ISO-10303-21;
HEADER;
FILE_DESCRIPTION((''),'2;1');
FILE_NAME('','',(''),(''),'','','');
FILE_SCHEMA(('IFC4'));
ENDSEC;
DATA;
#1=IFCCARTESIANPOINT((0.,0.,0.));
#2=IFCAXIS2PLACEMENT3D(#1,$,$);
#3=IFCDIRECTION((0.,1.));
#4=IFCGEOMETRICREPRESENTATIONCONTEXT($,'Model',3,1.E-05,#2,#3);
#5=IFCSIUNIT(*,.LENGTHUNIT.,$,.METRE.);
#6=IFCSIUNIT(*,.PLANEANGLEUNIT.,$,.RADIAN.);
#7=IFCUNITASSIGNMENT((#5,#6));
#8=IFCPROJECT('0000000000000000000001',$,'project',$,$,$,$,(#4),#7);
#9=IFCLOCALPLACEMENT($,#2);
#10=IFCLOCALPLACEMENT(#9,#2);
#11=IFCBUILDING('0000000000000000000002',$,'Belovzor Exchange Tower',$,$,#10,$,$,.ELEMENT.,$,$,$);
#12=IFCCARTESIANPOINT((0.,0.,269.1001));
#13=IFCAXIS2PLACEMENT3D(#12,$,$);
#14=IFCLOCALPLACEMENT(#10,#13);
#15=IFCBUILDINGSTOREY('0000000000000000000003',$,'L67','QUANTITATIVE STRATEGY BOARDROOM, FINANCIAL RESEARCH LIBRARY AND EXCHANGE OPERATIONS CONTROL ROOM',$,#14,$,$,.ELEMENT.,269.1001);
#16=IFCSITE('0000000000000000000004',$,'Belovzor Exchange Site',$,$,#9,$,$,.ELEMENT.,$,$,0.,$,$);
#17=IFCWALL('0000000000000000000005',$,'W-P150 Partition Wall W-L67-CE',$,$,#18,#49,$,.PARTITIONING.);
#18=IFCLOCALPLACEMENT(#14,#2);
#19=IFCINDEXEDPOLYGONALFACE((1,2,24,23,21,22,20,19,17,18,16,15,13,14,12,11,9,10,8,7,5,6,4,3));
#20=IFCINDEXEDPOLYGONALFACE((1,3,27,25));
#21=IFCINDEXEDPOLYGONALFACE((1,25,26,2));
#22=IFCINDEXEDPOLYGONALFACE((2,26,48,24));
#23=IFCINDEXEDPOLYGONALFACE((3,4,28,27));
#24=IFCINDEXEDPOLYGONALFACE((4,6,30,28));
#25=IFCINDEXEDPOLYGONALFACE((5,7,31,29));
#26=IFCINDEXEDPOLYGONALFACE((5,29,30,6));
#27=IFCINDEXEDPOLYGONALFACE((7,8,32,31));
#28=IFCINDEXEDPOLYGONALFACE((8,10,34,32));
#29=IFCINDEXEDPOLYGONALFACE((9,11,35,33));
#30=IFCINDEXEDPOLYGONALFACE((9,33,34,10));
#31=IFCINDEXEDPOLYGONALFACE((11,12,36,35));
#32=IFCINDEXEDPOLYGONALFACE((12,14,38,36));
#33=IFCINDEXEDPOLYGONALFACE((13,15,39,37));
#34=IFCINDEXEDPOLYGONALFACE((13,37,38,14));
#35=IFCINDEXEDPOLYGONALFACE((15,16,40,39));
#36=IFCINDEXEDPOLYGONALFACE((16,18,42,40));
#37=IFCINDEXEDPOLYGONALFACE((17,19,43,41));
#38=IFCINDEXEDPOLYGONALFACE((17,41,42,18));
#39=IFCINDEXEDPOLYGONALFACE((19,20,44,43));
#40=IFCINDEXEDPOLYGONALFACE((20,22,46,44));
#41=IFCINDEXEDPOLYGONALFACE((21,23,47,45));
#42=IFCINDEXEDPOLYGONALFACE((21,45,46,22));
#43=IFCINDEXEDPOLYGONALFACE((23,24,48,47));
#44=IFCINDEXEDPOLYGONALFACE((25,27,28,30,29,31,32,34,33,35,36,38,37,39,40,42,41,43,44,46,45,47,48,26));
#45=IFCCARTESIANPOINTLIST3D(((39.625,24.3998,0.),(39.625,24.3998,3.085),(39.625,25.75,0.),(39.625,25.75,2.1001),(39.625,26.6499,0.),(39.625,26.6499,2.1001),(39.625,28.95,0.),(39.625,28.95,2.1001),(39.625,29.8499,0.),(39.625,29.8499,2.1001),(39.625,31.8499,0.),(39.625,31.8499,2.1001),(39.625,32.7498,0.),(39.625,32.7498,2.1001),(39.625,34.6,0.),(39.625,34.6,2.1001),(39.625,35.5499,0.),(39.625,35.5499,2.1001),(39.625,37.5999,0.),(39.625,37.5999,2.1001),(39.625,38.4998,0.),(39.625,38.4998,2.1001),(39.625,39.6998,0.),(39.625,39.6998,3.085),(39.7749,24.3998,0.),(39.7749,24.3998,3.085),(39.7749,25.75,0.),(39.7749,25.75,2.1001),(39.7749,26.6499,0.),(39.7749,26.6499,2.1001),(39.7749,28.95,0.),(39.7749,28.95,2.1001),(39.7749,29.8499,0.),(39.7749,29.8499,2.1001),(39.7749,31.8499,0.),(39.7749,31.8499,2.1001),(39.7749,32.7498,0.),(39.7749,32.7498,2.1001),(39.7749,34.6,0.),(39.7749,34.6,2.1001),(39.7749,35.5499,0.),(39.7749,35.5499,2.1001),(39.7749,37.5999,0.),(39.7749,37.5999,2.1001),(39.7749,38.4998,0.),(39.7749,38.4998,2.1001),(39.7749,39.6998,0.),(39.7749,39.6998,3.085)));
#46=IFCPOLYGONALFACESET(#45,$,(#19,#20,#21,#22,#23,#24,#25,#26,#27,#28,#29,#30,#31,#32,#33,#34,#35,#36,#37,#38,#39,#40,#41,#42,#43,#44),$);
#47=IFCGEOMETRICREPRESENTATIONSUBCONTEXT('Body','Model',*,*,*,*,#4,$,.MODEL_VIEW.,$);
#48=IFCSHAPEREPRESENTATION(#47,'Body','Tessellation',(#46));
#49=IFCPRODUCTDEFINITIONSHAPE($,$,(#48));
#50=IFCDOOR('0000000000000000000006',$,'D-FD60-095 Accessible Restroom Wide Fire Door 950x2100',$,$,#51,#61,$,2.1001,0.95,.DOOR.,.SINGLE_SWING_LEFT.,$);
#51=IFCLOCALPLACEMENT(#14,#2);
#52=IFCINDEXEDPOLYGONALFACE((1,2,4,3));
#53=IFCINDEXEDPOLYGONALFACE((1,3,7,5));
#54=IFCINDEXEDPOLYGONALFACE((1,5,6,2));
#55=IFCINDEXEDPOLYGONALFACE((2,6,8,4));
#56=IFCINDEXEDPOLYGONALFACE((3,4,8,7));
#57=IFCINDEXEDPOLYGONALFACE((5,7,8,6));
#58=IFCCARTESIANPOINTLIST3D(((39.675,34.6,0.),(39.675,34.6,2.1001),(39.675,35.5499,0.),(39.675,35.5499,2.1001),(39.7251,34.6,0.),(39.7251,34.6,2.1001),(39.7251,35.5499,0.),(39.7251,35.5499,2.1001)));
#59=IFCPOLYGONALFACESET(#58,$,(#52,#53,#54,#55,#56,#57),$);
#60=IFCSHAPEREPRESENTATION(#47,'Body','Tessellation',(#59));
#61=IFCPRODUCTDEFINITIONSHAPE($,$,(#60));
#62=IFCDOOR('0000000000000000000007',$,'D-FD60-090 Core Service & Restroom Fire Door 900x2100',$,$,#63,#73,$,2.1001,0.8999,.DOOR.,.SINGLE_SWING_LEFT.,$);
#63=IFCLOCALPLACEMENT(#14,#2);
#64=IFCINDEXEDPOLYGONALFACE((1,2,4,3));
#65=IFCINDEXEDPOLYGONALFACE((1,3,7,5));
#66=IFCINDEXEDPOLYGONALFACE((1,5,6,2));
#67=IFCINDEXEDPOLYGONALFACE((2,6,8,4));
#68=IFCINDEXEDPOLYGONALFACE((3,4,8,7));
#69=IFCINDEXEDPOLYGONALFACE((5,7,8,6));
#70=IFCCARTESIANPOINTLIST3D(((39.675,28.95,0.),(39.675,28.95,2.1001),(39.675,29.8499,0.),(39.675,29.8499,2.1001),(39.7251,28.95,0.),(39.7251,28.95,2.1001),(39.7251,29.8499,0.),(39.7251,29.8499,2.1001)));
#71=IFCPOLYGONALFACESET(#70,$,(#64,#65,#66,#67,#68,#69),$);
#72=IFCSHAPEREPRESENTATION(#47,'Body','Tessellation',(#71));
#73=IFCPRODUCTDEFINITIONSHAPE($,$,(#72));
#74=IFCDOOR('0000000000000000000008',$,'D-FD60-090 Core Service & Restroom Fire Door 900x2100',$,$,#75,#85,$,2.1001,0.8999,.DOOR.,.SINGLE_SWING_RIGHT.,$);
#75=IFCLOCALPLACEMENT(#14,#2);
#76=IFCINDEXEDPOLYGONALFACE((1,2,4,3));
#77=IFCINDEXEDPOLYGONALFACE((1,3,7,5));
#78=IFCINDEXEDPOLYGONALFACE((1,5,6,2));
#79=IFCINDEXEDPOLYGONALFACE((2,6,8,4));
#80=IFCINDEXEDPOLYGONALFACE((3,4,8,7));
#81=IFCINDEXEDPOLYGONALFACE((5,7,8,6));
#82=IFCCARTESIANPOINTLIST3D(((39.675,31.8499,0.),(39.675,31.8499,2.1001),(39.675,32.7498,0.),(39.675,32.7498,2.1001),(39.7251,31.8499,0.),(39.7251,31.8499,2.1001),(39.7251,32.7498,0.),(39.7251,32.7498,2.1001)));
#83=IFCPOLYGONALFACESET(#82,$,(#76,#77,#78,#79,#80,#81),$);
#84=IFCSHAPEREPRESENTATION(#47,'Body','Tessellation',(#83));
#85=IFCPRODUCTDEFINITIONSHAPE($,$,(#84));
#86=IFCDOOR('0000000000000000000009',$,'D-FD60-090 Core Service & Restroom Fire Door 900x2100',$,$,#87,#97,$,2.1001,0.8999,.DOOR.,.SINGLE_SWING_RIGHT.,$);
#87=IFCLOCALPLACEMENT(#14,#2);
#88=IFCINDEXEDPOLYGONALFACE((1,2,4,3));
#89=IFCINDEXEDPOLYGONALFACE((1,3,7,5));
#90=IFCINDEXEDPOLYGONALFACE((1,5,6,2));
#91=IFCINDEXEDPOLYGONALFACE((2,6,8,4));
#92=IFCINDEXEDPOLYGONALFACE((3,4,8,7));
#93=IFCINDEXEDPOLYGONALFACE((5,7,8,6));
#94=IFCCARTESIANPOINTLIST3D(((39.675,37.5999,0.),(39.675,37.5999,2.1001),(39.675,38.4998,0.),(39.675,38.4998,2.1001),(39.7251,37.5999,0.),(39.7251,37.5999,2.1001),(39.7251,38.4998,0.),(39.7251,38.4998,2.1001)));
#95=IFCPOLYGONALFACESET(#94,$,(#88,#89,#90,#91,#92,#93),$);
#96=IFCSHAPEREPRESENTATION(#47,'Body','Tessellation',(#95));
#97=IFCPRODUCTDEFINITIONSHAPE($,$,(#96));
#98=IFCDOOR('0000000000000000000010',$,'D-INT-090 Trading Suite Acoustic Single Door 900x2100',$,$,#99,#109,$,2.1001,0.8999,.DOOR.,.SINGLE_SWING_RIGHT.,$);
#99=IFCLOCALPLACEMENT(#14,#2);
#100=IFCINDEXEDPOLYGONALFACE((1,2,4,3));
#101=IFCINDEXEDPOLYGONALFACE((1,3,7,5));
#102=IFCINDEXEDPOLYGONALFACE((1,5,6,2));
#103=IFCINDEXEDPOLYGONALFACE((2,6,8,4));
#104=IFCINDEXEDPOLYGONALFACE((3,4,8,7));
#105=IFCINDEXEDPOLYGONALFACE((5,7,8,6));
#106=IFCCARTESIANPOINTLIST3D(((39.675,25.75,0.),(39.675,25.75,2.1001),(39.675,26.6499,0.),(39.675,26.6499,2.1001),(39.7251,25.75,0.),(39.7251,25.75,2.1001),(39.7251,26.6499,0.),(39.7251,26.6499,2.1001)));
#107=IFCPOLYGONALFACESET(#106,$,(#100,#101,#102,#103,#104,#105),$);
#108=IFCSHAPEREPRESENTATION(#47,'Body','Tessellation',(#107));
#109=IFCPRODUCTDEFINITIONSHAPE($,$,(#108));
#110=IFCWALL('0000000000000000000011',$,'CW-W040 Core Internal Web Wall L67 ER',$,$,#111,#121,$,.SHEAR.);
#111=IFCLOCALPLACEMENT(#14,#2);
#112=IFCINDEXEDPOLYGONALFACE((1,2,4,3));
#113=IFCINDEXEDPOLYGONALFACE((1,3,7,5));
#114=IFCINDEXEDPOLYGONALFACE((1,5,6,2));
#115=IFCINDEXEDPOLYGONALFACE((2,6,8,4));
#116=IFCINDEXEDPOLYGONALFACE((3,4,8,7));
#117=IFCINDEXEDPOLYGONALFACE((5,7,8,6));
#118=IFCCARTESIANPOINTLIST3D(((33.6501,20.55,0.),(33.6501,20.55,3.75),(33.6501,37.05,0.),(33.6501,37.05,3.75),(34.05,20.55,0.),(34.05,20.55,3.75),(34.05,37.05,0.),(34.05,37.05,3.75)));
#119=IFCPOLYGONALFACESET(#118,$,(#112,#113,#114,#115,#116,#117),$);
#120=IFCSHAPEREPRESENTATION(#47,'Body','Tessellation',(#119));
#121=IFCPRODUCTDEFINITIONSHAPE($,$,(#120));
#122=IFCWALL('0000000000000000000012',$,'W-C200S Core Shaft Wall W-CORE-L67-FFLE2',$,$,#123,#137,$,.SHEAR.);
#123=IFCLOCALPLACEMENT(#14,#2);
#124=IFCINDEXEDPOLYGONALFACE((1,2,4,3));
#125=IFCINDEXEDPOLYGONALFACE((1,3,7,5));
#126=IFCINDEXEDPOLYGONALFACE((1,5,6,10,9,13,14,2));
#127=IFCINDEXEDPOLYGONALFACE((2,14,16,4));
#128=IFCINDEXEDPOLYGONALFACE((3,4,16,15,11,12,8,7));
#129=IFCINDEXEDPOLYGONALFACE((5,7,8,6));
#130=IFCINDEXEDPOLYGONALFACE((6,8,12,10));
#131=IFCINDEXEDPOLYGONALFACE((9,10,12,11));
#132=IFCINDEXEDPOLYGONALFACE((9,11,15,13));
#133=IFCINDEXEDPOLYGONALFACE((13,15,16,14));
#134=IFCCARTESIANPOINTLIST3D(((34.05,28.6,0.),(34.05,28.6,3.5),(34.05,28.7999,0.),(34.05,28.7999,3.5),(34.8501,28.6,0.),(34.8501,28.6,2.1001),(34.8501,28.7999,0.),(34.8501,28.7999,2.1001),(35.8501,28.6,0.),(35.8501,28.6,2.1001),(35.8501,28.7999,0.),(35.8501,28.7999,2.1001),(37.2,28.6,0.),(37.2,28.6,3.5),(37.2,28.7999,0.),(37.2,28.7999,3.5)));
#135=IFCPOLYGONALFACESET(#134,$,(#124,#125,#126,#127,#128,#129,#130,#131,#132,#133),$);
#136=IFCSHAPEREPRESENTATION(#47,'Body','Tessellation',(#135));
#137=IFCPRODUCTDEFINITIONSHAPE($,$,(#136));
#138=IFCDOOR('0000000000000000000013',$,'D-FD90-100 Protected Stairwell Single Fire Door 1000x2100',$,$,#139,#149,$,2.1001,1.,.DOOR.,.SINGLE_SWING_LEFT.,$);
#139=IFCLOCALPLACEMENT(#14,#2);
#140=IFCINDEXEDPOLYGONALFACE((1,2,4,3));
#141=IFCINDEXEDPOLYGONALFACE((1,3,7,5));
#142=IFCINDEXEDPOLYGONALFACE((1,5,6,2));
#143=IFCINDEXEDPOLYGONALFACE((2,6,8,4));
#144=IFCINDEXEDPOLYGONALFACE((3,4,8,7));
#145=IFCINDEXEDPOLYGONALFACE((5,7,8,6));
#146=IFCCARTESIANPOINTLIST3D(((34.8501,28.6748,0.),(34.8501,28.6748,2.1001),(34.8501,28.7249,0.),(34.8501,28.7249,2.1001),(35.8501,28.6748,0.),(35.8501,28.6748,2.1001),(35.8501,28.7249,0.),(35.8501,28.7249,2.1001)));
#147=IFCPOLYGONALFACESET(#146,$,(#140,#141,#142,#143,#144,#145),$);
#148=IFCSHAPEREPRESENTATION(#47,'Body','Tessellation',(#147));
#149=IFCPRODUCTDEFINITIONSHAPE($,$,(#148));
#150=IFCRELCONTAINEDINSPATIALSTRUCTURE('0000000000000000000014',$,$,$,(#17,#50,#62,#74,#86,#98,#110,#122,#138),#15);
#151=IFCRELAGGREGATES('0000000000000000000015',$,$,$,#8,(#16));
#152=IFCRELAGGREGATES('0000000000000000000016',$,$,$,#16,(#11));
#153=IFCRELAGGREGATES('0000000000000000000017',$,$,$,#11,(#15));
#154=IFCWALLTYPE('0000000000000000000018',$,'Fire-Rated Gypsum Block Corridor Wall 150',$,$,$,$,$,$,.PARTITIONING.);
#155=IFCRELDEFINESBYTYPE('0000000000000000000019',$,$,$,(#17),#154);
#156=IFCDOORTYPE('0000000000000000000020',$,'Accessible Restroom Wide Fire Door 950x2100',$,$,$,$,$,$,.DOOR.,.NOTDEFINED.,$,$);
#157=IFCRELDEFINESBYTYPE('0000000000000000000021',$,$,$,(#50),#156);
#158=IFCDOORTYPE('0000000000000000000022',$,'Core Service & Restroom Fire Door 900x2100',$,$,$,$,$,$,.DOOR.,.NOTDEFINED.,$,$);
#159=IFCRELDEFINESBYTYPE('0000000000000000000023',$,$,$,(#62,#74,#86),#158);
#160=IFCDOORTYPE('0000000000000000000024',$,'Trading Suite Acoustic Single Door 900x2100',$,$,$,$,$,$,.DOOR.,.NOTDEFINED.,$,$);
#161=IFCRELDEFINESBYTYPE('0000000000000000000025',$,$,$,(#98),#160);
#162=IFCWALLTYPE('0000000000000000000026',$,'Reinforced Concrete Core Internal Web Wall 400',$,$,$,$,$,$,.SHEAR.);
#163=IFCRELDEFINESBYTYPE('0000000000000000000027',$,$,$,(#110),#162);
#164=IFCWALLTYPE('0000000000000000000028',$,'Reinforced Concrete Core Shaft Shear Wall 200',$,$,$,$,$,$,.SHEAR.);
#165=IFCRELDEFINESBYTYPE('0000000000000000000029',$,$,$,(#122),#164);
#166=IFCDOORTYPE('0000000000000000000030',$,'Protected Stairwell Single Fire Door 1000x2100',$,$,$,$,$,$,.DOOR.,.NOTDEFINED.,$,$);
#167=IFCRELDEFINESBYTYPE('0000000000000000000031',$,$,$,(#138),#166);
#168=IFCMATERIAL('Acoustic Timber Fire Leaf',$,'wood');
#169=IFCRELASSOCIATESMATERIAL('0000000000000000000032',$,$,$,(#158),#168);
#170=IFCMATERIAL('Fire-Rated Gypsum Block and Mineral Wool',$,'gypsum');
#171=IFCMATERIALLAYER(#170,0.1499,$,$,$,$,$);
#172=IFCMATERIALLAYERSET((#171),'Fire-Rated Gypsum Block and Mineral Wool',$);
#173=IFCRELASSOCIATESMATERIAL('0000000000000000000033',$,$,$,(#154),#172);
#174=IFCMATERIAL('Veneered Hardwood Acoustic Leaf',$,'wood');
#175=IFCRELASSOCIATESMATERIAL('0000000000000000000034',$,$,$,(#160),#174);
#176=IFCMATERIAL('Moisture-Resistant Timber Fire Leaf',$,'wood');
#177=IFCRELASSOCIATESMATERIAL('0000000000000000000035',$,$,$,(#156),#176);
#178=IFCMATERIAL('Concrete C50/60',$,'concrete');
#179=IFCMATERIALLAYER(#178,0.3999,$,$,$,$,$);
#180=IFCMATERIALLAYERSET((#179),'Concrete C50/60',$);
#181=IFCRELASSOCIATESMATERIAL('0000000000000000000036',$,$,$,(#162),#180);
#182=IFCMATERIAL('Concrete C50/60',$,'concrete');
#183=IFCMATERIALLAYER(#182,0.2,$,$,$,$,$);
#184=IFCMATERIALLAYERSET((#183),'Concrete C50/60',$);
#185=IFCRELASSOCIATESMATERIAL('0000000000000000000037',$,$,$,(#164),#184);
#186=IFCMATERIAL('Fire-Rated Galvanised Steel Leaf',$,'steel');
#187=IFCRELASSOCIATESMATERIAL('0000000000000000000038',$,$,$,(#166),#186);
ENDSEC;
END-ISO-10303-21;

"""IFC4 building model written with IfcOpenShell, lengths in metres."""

from ifc_helpers import new_model, si_unit, direction, frame, frame_2d, origin, place, context, subcontext, project, spatial, rectangle, extrude, material, layer, layer_set, type_object, element, fill, save


model = new_model("IFC4")

# Units and contexts
model_context = context("Model", 3, precision=1e-05, world=origin(), true_north=direction((0.0, 1.0)))
body_context = subcontext(model_context, "Body", "Model", "MODEL_VIEW")
ifc_project = project(units=[si_unit("LENGTHUNIT", "METRE"), si_unit("PLANEANGLEUNIT", "RADIAN")], contexts=[model_context])

# Site, building, storey
site_placement = place(None, origin())
site = spatial("IfcSite", under=ifc_project, at=site_placement, Name="Belovzor Exchange Site", CompositionType="ELEMENT", RefElevation=0.0)
building_placement = place(site_placement, origin())
building = spatial("IfcBuilding", under=site, at=building_placement, Name="Belovzor Exchange Tower", CompositionType="ELEMENT")
storey_placement = place(building_placement, frame((0.0, 0.0, 269.1001)))
storey = spatial("IfcBuildingStorey", under=building, at=storey_placement, Name="L67", Description="QUANTITATIVE STRATEGY BOARDROOM, FINANCIAL RESEARCH LIBRARY AND EXCHANGE OPERATIONS CONTROL ROOM", CompositionType="ELEMENT", Elevation=269.1001)

# Shared definitions
ifc_material_1 = material(Name="Acoustic Timber Fire Leaf", Category="wood")
door_type_1 = type_object("IfcDoorType", Name="Core Service & Restroom Fire Door 900x2100", OperationType="NOTDEFINED", PredefinedType="DOOR", material=ifc_material_1)
ifc_material_2 = material(Name="Fire-Rated Gypsum Block and Mineral Wool", Category="gypsum")
ifc_layer_1 = layer(ifc_material_2, 0.1499)
ifc_layer_set_1 = layer_set([ifc_layer_1], Name="Fire-Rated Gypsum Block and Mineral Wool")
wall_type_1 = type_object("IfcWallType", Name="Fire-Rated Gypsum Block Corridor Wall 150", PredefinedType="PARTITIONING", material=ifc_layer_set_1)
ifc_material_3 = material(Name="Veneered Hardwood Acoustic Leaf", Category="wood")
door_type_2 = type_object("IfcDoorType", Name="Trading Suite Acoustic Single Door 900x2100", OperationType="NOTDEFINED", PredefinedType="DOOR", material=ifc_material_3)

# Wall, openings, doors
wall_1_placement = place(storey_placement, frame((39.7, 24.3999, 0.0), z_axis=(0.0, 0.0, 1.0), x_axis=(0.0, 1.0, 0.0)))
wall_1 = element("IfcWall", 1, at=wall_1_placement, inside=storey, type_object=wall_type_1, Name="W-P150 Partition Wall W-L67-CE", PredefinedType="PARTITIONING", context=body_context, shape_type="SweptSolid", body=[
    extrude(rectangle(XDim=15.3, YDim=0.1499, at=frame_2d((7.6499, 0.0))), origin(), (0.0, 0.0, 1.0), 3.085),
])
opening_1_placement = place(wall_1_placement, frame((1.3501, 0.0, 0.0)))
opening_1 = element("IfcOpeningElement", 2, at=opening_1_placement, cuts=wall_1, PredefinedType="OPENING", context=body_context, shape_type="SweptSolid", body=[
    extrude(rectangle(XDim=0.8999, YDim=2.1001, at=frame_2d((0.45, 1.05))), frame((0.0, 0.085, 0.0), z_axis=(0.0, -1.0, 0.0), x_axis=(1.0, 0.0, 0.0)), (0.0, 0.0, 1.0), 0.1699),
])
opening_2_placement = place(wall_1_placement, frame((4.55, 0.0, 0.0)))
opening_2 = element("IfcOpeningElement", 3, at=opening_2_placement, cuts=wall_1, PredefinedType="OPENING", context=body_context, shape_type="SweptSolid", body=[
    extrude(rectangle(XDim=0.8999, YDim=2.1001, at=frame_2d((0.45, 1.05))), frame((0.0, 0.085, 0.0), z_axis=(0.0, -1.0, 0.0), x_axis=(1.0, 0.0, 0.0)), (0.0, 0.0, 1.0), 0.1699),
])
opening_3_placement = place(wall_1_placement, frame((7.45, 0.0, 0.0)))
opening_3 = element("IfcOpeningElement", 4, at=opening_3_placement, cuts=wall_1, PredefinedType="OPENING", context=body_context, shape_type="SweptSolid", body=[
    extrude(rectangle(XDim=0.8999, YDim=2.1001, at=frame_2d((0.45, 1.05))), frame((0.0, 0.085, 0.0), z_axis=(0.0, -1.0, 0.0), x_axis=(1.0, 0.0, 0.0)), (0.0, 0.0, 1.0), 0.1699),
])
opening_4_placement = place(wall_1_placement, frame((10.2, 0.0, 0.0)))
opening_4 = element("IfcOpeningElement", 5, at=opening_4_placement, cuts=wall_1, PredefinedType="OPENING", context=body_context, shape_type="SweptSolid", body=[
    extrude(rectangle(XDim=0.95, YDim=2.1001, at=frame_2d((0.4751, 1.05))), frame((0.0, 0.085, 0.0), z_axis=(0.0, -1.0, 0.0), x_axis=(1.0, 0.0, 0.0)), (0.0, 0.0, 1.0), 0.1699),
])
opening_5_placement = place(wall_1_placement, frame((13.2, 0.0, 0.0)))
opening_5 = element("IfcOpeningElement", 6, at=opening_5_placement, cuts=wall_1, PredefinedType="OPENING", context=body_context, shape_type="SweptSolid", body=[
    extrude(rectangle(XDim=0.8999, YDim=2.1001, at=frame_2d((0.45, 1.05))), frame((0.0, 0.085, 0.0), z_axis=(0.0, -1.0, 0.0), x_axis=(1.0, 0.0, 0.0)), (0.0, 0.0, 1.0), 0.1699),
])
ifc_material_4 = material(Name="Moisture-Resistant Timber Fire Leaf", Category="wood")
door_type_3 = type_object("IfcDoorType", Name="Accessible Restroom Wide Fire Door 950x2100", OperationType="NOTDEFINED", PredefinedType="DOOR", material=ifc_material_4)
door_1_placement = place(opening_4_placement, origin())
door_1 = element("IfcDoor", 7, at=door_1_placement, inside=storey, type_object=door_type_3, Name="D-FD60-095 Accessible Restroom Wide Fire Door 950x2100", OperationType="SINGLE_SWING_LEFT", OverallHeight=2.1001, OverallWidth=0.95, PredefinedType="DOOR", context=body_context, shape_type="SweptSolid", body=[
    extrude(rectangle(XDim=0.95, YDim=2.1001, at=frame_2d((0.4751, 1.05))), frame((0.0, 0.0249, 0.0), z_axis=(0.0, -1.0, 0.0), x_axis=(1.0, 0.0, 0.0)), (0.0, 0.0, 1.0), 0.05),
])
fill(opening_4, door_1)
door_2_placement = place(opening_2_placement, origin())
door_2 = element("IfcDoor", 8, at=door_2_placement, inside=storey, type_object=door_type_1, Name="D-FD60-090 Core Service & Restroom Fire Door 900x2100", OperationType="SINGLE_SWING_LEFT", OverallHeight=2.1001, OverallWidth=0.8999, PredefinedType="DOOR", context=body_context, shape_type="SweptSolid", body=[
    extrude(rectangle(XDim=0.8999, YDim=2.1001, at=frame_2d((0.45, 1.05))), frame((0.0, 0.0249, 0.0), z_axis=(0.0, -1.0, 0.0), x_axis=(1.0, 0.0, 0.0)), (0.0, 0.0, 1.0), 0.05),
])
fill(opening_2, door_2)
door_3_placement = place(opening_3_placement, origin())
door_3 = element("IfcDoor", 9, at=door_3_placement, inside=storey, type_object=door_type_1, Name="D-FD60-090 Core Service & Restroom Fire Door 900x2100", OperationType="SINGLE_SWING_RIGHT", OverallHeight=2.1001, OverallWidth=0.8999, PredefinedType="DOOR", context=body_context, shape_type="SweptSolid", body=[
    extrude(rectangle(XDim=0.8999, YDim=2.1001, at=frame_2d((0.45, 1.05))), frame((0.0, 0.0249, 0.0), z_axis=(0.0, -1.0, 0.0), x_axis=(1.0, 0.0, 0.0)), (0.0, 0.0, 1.0), 0.05),
])
fill(opening_3, door_3)
door_4_placement = place(opening_5_placement, origin())
door_4 = element("IfcDoor", 10, at=door_4_placement, inside=storey, type_object=door_type_1, Name="D-FD60-090 Core Service & Restroom Fire Door 900x2100", OperationType="SINGLE_SWING_RIGHT", OverallHeight=2.1001, OverallWidth=0.8999, PredefinedType="DOOR", context=body_context, shape_type="SweptSolid", body=[
    extrude(rectangle(XDim=0.8999, YDim=2.1001, at=frame_2d((0.45, 1.05))), frame((0.0, 0.0249, 0.0), z_axis=(0.0, -1.0, 0.0), x_axis=(1.0, 0.0, 0.0)), (0.0, 0.0, 1.0), 0.05),
])
fill(opening_5, door_4)
door_5_placement = place(opening_1_placement, origin())
door_5 = element("IfcDoor", 11, at=door_5_placement, inside=storey, type_object=door_type_2, Name="D-INT-090 Trading Suite Acoustic Single Door 900x2100", OperationType="SINGLE_SWING_RIGHT", OverallHeight=2.1001, OverallWidth=0.8999, PredefinedType="DOOR", context=body_context, shape_type="SweptSolid", body=[
    extrude(rectangle(XDim=0.8999, YDim=2.1001, at=frame_2d((0.45, 1.05))), frame((0.0, 0.0249, 0.0), z_axis=(0.0, -1.0, 0.0), x_axis=(1.0, 0.0, 0.0)), (0.0, 0.0, 1.0), 0.05),
])
fill(opening_1, door_5)

# Wall
ifc_material_5 = material(Name="Concrete C50/60", Category="concrete")
ifc_layer_2 = layer(ifc_material_5, 0.3999)
ifc_layer_set_2 = layer_set([ifc_layer_2], Name="Concrete C50/60")
wall_type_2 = type_object("IfcWallType", Name="Reinforced Concrete Core Internal Web Wall 400", PredefinedType="SHEAR", material=ifc_layer_set_2)
wall_2_placement = place(storey_placement, frame((33.8501, 20.55, 0.0), z_axis=(0.0, 0.0, 1.0), x_axis=(0.0, 1.0, 0.0)))
element("IfcWall", 12, at=wall_2_placement, inside=storey, type_object=wall_type_2, Name="CW-W040 Core Internal Web Wall L67 ER", PredefinedType="SHEAR", context=body_context, shape_type="SweptSolid", body=[
    extrude(rectangle(XDim=16.5, YDim=0.3999, at=frame_2d((8.25, 0.0))), origin(), (0.0, 0.0, 1.0), 3.75),
])

# Wall, opening, door
ifc_material_6 = material(Name="Concrete C50/60", Category="concrete")
ifc_layer_3 = layer(ifc_material_6, 0.2)
ifc_layer_set_3 = layer_set([ifc_layer_3], Name="Concrete C50/60")
wall_type_3 = type_object("IfcWallType", Name="Reinforced Concrete Core Shaft Shear Wall 200", PredefinedType="SHEAR", material=ifc_layer_set_3)
wall_3_placement = place(storey_placement, frame((34.05, 28.7, 0.0), z_axis=(0.0, 0.0, 1.0), x_axis=(1.0, 0.0, 0.0)))
wall_3 = element("IfcWall", 13, at=wall_3_placement, inside=storey, type_object=wall_type_3, Name="W-C200S Core Shaft Wall W-CORE-L67-FFLE2", PredefinedType="SHEAR", context=body_context, shape_type="SweptSolid", body=[
    extrude(rectangle(XDim=3.1499, YDim=0.2, at=frame_2d((1.575, 0.0))), origin(), (0.0, 0.0, 1.0), 3.5),
])
opening_6_placement = place(wall_3_placement, frame((0.8, 0.0, 0.0)))
opening_6 = element("IfcOpeningElement", 14, at=opening_6_placement, cuts=wall_3, PredefinedType="OPENING", context=body_context, shape_type="SweptSolid", body=[
    extrude(rectangle(XDim=1.0, YDim=2.1001, at=frame_2d((0.5, 1.05))), frame((0.0, 0.1099, 0.0), z_axis=(0.0, -1.0, 0.0), x_axis=(1.0, 0.0, 0.0)), (0.0, 0.0, 1.0), 0.22),
])
ifc_material_7 = material(Name="Fire-Rated Galvanised Steel Leaf", Category="steel")
door_type_4 = type_object("IfcDoorType", Name="Protected Stairwell Single Fire Door 1000x2100", OperationType="NOTDEFINED", PredefinedType="DOOR", material=ifc_material_7)
door_6_placement = place(opening_6_placement, origin())
door_6 = element("IfcDoor", 15, at=door_6_placement, inside=storey, type_object=door_type_4, Name="D-FD90-100 Protected Stairwell Single Fire Door 1000x2100", OperationType="SINGLE_SWING_LEFT", OverallHeight=2.1001, OverallWidth=1.0, PredefinedType="DOOR", context=body_context, shape_type="SweptSolid", body=[
    extrude(rectangle(XDim=1.0, YDim=2.1001, at=frame_2d((0.5, 1.05))), frame((0.0, 0.0249, 0.0), z_axis=(0.0, -1.0, 0.0), x_axis=(1.0, 0.0, 0.0)), (0.0, 0.0, 1.0), 0.05),
])
fill(opening_6, door_6)

save(model, "model.ifc")
